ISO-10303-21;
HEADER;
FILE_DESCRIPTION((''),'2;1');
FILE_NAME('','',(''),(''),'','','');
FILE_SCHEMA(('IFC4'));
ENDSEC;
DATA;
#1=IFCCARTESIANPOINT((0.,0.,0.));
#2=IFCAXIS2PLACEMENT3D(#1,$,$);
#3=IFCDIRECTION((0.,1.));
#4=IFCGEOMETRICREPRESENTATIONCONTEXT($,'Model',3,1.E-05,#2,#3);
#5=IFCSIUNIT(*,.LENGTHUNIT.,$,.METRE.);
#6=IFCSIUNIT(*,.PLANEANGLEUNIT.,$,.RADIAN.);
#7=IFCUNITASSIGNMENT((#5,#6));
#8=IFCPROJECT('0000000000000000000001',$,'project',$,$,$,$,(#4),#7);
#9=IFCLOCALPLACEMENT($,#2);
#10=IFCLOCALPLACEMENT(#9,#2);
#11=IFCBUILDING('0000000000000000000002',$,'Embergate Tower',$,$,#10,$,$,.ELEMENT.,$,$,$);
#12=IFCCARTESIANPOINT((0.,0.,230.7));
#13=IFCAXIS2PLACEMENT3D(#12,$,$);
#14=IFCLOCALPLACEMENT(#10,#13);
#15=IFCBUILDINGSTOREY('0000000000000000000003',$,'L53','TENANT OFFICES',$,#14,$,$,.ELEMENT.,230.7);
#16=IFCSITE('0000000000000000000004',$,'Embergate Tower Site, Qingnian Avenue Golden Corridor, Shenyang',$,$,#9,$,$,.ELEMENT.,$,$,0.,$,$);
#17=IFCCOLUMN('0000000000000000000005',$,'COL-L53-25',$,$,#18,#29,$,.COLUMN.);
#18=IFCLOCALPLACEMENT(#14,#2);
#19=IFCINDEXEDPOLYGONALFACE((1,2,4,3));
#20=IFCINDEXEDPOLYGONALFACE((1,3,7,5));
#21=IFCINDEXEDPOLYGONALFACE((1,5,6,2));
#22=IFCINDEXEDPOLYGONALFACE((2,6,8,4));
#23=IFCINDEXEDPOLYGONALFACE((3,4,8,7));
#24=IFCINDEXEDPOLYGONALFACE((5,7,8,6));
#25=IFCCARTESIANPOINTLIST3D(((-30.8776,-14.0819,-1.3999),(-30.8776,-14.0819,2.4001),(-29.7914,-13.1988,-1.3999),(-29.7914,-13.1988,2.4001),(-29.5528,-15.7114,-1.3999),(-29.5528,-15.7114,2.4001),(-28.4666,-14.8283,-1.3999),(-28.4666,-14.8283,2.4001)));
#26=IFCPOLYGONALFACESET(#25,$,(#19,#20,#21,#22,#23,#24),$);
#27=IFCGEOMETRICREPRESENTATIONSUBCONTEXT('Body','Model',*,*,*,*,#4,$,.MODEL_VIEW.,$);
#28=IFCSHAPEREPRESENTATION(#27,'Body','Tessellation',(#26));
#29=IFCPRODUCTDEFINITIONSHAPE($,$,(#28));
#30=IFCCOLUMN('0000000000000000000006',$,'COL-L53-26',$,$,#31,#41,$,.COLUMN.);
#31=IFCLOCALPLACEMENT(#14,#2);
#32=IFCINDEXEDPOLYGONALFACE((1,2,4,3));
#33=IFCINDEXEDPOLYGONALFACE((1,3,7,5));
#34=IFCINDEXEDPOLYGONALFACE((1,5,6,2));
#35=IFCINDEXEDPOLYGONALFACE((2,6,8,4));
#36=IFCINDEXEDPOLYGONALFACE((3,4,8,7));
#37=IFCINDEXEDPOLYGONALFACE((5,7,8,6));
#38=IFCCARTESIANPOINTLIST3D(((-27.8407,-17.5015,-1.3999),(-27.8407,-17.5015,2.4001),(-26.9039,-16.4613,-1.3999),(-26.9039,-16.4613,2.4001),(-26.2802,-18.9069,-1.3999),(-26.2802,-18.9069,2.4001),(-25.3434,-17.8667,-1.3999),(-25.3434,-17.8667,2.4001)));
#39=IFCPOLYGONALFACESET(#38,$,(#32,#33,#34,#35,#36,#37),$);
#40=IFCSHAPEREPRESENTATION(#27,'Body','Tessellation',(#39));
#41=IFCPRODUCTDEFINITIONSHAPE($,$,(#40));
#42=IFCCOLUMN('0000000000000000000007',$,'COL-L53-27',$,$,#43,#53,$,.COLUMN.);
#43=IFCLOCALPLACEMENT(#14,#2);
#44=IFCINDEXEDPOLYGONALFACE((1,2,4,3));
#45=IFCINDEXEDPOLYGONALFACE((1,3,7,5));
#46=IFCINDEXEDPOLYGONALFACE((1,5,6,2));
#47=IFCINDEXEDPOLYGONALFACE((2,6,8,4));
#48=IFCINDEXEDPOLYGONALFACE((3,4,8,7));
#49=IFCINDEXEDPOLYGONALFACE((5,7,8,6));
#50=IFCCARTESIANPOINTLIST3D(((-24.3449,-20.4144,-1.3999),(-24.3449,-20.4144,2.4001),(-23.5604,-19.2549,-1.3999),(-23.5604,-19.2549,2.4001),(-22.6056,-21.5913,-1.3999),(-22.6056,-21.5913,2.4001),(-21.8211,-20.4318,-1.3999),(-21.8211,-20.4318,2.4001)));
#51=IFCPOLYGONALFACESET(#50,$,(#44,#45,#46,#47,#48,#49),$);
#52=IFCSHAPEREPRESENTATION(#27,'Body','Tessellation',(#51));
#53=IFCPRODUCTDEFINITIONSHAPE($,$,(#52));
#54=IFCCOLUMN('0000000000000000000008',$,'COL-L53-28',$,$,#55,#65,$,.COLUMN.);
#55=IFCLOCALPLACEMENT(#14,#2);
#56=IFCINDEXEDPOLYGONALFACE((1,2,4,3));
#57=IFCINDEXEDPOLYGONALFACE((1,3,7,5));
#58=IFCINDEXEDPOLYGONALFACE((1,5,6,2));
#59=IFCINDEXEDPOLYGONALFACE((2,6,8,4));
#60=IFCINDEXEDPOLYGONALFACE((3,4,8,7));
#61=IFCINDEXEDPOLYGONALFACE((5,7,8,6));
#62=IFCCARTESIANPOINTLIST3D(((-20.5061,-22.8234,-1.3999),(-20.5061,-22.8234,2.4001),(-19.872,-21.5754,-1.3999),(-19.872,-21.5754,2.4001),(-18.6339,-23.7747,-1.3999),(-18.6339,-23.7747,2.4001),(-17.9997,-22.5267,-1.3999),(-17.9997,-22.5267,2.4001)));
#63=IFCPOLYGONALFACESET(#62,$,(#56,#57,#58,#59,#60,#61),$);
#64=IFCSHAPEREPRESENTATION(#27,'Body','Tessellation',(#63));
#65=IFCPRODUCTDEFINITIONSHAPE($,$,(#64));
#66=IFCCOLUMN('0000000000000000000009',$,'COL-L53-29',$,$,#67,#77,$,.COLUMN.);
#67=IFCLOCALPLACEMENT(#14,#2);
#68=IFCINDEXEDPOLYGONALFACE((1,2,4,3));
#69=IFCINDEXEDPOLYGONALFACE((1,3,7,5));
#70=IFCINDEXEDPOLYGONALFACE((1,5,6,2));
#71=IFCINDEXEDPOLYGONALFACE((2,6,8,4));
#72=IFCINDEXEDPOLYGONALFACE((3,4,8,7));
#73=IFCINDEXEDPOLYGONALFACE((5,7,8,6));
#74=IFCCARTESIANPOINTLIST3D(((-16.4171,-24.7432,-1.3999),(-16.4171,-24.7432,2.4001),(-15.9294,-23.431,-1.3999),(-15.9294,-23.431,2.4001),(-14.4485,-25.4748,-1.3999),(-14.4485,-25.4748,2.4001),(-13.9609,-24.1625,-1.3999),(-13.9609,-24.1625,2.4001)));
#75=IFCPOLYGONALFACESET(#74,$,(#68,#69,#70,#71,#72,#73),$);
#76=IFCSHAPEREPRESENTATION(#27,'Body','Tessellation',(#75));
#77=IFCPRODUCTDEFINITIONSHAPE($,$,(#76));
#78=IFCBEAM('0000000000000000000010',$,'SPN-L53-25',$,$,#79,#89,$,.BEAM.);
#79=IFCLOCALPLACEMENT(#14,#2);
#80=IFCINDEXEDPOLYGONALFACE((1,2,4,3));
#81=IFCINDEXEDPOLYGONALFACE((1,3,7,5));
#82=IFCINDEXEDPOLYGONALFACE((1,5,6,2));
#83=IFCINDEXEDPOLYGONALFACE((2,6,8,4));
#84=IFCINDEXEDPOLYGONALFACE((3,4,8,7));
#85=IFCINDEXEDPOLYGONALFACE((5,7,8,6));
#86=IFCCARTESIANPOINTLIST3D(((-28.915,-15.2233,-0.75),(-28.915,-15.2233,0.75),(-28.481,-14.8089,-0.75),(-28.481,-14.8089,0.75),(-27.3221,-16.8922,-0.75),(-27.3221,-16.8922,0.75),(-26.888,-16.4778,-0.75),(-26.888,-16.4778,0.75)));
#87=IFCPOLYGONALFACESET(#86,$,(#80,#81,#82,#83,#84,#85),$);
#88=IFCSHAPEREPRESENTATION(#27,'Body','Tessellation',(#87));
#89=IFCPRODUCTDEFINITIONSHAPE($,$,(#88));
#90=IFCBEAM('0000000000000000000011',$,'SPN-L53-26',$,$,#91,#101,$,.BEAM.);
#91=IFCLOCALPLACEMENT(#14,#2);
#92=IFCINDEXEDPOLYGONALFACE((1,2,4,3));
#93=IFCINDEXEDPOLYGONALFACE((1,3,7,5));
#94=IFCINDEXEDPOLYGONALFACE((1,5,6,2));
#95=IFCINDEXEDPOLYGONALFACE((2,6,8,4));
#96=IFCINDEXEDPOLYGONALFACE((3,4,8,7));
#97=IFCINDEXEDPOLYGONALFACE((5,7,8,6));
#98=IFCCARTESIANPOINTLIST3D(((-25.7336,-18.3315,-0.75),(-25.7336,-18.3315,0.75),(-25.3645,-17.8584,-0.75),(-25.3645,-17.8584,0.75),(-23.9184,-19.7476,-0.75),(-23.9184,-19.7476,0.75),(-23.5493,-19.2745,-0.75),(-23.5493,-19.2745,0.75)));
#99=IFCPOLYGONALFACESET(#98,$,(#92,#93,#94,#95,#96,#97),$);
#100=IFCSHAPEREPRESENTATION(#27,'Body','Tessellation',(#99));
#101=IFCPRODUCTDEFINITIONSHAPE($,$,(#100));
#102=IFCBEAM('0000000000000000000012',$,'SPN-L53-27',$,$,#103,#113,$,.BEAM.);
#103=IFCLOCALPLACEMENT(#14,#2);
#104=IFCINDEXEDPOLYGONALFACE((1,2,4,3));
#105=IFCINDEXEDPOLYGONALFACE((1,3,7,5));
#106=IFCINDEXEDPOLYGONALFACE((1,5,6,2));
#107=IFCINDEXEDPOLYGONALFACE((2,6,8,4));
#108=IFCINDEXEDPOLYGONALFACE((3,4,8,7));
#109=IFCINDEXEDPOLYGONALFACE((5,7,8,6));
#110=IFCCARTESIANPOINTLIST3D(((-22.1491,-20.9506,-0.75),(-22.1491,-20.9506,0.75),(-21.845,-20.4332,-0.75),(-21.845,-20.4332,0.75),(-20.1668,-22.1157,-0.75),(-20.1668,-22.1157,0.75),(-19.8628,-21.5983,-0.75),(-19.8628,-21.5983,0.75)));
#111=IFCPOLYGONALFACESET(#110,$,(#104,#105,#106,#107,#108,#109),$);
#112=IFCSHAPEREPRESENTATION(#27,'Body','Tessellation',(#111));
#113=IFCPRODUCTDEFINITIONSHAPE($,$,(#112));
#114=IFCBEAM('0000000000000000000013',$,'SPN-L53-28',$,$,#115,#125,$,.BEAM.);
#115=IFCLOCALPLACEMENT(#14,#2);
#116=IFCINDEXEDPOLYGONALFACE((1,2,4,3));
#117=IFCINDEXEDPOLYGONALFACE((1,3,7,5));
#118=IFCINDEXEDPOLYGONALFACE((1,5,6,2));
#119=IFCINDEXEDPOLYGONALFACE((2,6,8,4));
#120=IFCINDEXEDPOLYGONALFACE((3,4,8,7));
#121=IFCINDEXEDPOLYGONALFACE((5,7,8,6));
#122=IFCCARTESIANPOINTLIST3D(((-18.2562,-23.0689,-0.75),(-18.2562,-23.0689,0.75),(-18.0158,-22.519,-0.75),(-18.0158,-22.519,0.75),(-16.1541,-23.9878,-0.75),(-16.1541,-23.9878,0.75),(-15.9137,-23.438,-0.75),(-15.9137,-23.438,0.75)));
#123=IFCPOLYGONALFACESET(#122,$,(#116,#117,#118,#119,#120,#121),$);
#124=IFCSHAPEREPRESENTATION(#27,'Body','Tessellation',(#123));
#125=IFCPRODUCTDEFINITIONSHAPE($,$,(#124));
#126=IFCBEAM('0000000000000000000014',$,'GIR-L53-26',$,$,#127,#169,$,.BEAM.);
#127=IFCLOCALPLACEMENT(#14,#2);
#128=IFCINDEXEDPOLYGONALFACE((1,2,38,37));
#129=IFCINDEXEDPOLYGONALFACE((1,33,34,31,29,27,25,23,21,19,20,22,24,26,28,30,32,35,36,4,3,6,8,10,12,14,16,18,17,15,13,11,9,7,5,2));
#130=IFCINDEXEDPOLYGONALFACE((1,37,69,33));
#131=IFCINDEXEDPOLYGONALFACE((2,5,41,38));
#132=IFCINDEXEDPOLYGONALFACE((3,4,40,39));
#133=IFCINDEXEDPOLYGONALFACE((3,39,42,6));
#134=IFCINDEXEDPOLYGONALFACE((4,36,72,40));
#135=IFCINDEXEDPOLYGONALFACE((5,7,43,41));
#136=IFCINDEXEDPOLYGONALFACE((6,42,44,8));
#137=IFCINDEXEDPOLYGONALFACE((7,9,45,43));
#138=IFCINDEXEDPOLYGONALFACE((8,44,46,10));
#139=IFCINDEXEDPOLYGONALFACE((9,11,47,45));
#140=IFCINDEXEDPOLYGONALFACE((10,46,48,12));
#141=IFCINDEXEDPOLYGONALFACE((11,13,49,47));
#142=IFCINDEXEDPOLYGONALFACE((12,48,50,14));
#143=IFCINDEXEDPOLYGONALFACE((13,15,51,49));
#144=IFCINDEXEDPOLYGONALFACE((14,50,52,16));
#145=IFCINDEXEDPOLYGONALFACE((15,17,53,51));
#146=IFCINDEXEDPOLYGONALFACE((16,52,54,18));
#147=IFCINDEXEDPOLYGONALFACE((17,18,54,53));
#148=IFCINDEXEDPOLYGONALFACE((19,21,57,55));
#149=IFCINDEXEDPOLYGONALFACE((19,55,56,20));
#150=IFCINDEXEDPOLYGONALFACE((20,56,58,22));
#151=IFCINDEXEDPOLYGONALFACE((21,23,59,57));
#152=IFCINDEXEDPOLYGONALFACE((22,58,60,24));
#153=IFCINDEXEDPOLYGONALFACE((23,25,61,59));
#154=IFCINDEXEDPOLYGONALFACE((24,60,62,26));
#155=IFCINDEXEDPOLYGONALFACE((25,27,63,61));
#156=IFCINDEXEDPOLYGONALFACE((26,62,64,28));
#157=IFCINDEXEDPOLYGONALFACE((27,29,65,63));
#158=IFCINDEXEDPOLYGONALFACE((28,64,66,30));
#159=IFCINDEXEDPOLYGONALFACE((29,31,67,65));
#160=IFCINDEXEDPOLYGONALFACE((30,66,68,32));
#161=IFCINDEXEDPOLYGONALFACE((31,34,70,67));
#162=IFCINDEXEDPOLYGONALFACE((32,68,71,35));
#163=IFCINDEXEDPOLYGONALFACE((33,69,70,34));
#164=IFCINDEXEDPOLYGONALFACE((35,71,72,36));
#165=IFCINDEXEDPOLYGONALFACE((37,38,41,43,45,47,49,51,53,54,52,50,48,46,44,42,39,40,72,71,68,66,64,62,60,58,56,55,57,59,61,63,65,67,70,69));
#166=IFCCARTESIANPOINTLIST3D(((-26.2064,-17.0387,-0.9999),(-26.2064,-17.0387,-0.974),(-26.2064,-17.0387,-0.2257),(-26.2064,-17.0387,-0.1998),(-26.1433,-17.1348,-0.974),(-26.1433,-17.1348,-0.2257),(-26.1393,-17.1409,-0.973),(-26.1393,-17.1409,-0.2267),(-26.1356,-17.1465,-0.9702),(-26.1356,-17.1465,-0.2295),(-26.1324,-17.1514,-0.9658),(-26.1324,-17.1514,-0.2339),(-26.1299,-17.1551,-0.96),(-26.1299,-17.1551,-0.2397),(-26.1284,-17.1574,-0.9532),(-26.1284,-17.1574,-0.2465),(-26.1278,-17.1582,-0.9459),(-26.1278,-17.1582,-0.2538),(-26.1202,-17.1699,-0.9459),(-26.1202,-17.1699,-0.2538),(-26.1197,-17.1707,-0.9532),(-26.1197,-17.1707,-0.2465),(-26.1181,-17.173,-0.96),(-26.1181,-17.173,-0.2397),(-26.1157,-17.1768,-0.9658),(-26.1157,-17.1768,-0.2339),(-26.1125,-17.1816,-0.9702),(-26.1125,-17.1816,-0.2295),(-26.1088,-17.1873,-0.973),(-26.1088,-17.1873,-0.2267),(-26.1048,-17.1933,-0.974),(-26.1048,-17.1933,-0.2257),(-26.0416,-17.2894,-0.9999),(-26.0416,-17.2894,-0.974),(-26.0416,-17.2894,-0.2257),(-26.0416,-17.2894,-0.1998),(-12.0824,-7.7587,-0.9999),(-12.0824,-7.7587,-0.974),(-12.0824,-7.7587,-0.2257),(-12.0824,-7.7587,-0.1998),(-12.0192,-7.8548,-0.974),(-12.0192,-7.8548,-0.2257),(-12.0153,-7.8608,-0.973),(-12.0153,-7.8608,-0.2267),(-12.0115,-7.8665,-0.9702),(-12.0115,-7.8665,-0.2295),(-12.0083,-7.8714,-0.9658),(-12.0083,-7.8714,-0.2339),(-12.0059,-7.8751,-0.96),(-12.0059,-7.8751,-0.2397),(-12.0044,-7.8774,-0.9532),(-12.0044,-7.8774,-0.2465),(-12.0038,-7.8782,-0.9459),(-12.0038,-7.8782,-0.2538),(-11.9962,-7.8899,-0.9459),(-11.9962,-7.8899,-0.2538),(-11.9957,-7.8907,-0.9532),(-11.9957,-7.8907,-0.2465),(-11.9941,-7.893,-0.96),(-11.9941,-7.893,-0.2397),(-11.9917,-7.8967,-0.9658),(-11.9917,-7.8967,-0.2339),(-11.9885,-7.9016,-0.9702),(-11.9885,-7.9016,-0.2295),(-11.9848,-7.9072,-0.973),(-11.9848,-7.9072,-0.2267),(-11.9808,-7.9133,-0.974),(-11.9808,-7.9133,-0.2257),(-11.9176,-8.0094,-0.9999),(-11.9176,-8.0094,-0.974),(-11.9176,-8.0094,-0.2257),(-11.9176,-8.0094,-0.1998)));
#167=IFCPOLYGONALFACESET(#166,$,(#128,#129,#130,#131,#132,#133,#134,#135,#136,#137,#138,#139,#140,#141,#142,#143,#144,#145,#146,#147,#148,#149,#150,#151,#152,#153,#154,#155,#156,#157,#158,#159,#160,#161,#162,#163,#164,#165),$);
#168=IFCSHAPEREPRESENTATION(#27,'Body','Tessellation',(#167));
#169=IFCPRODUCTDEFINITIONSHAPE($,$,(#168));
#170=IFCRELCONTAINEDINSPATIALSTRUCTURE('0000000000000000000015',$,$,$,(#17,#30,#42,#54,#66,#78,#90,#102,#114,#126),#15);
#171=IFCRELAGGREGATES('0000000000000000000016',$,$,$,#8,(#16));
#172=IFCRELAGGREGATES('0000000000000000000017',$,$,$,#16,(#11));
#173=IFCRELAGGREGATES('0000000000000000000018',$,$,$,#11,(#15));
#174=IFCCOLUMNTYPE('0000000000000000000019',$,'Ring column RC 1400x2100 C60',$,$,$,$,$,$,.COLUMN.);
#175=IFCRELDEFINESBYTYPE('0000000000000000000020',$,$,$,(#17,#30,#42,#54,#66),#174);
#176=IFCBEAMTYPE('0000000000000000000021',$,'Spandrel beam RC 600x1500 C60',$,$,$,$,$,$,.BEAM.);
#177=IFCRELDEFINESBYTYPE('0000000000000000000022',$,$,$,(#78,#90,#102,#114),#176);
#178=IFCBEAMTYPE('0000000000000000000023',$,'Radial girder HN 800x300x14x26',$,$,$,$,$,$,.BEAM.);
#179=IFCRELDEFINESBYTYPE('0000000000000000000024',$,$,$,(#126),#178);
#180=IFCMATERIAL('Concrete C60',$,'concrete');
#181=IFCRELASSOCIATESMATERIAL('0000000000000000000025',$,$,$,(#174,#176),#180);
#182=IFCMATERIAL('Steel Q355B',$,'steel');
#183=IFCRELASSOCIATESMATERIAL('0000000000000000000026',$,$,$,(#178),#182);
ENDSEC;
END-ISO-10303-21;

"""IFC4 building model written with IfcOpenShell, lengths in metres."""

from ifc_helpers import new_model, si_unit, direction, frame, origin, origin_2d, place, context, subcontext, project, spatial, rectangle, i_section, extrude, source, transform, mapped, material, material_profile, profile_set, type_object, element, save


model = new_model("IFC4")

# Units and contexts
model_context = context("Model", 3, precision=1e-05, world=origin(), true_north=direction((0.0, 1.0)))
body_context = subcontext(model_context, "Body", "Model", "MODEL_VIEW")
ifc_project = project(units=[si_unit("LENGTHUNIT", "METRE"), si_unit("PLANEANGLEUNIT", "RADIAN")], contexts=[model_context])

# Site, building, storey
site_placement = place(None, origin())
site = spatial("IfcSite", under=ifc_project, at=site_placement, Name="Embergate Tower Site, Qingnian Avenue Golden Corridor, Shenyang", CompositionType="ELEMENT", RefElevation=0.0)
building_placement = place(site_placement, origin())
building = spatial("IfcBuilding", under=site, at=building_placement, Name="Embergate Tower", CompositionType="ELEMENT")
storey_placement = place(building_placement, frame((0.0, 0.0, 230.7)))
storey = spatial("IfcBuildingStorey", under=building, at=storey_placement, Name="L53", Description="TENANT OFFICES", CompositionType="ELEMENT", Elevation=230.7)

# Columns
ifc_material_1 = material(Name="Concrete C60", Category="concrete")
ifc_material_profile_1 = material_profile(ifc_material_1, rectangle(XDim=1.3999, YDim=2.1001, at=origin_2d()), Name="RC 1400x2100")
ifc_profile_set_1 = profile_set([ifc_material_profile_1], Name="Concrete C60")
column_type = type_object("IfcColumnType", Name="Ring column RC 1400x2100 C60", PredefinedType="COLUMN", material=ifc_profile_set_1)
shared_shape_1 = source(origin(), body_context, "Body", "SweptSolid", [
    extrude(rectangle(XDim=1.3999, YDim=2.1001, at=origin_2d()), origin(), (0.0, 0.0, 1.0), 3.8),
])
for number, where, z_axis, x_axis, name in (
    (1, (-29.6721, -14.4551, -1.3999), (0.0, 0.0, 1.0), (-0.775925, -0.630825, 0.0), "COL-L53-25"),
    (2, (-26.592, -17.6841, -1.3999), (0.0, 0.0, 1.0), (-0.669221, -0.743063, 0.0), "COL-L53-26"),
    (3, (-23.083, -20.4231, -1.3999), (0.0, 0.0, 1.0), (-0.560393, -0.828227, 0.0), "COL-L53-27"),
    (4, (-19.2529, -22.675, -1.3999), (0.0, 0.0, 1.0), (-0.453011, -0.891505, 0.0), "COL-L53-28"),
    (5, (-15.189, -24.4529, -1.3999), (0.0, 0.0, 1.0), (-0.348343, -0.937367, 0.0), "COL-L53-29"),
):
    element("IfcColumn", number, at=place(storey_placement, frame(where, z_axis=z_axis, x_axis=x_axis)), inside=storey, type_object=column_type, Name=name, PredefinedType="COLUMN", context=body_context, shape_type="MappedRepresentation", body=[
        mapped(shared_shape_1, transform((0.0, 0.0, 0.0))),
    ])

# Beams
ifc_material_profile_2 = material_profile(ifc_material_1, rectangle(XDim=0.6001, YDim=1.5, at=origin_2d()), Name="RC 600x1500")
ifc_profile_set_2 = profile_set([ifc_material_profile_2], Name="Concrete C60")
beam_type_1 = type_object("IfcBeamType", Name="Spandrel beam RC 600x1500 C60", PredefinedType="BEAM", material=ifc_profile_set_2)
shared_shape_2 = source(origin(), body_context, "Body", "SweptSolid", [
    extrude(rectangle(XDim=0.6001, YDim=1.5, at=origin_2d()), origin(), (0.0, 0.0, 1.0), 2.3071),
])
beam_1_placement = place(storey_placement, frame((-28.698, -15.0161, 0.0), z_axis=(0.690461, -0.72337, 0.0), x_axis=(0.72337, 0.690461, 0.0)))
element("IfcBeam", 6, at=beam_1_placement, inside=storey, type_object=beam_type_1, Name="SPN-L53-25", PredefinedType="BEAM", context=body_context, shape_type="MappedRepresentation", body=[
    mapped(shared_shape_2, transform((0.0, 0.0, 0.0))),
])
shared_shape_3 = source(origin(), body_context, "Body", "SweptSolid", [
    extrude(rectangle(XDim=0.6001, YDim=1.5, at=origin_2d()), origin(), (0.0, 0.0, 1.0), 2.3022),
])
beam_2_placement = place(storey_placement, frame((-25.5491, -18.095, 0.0), z_axis=(0.788466, -0.615078, 0.0), x_axis=(0.615078, 0.788466, 0.0)))
element("IfcBeam", 7, at=beam_2_placement, inside=storey, type_object=beam_type_1, Name="SPN-L53-26", PredefinedType="BEAM", context=body_context, shape_type="MappedRepresentation", body=[
    mapped(shared_shape_3, transform((0.0, 0.0, 0.0))),
])
shared_shape_4 = source(origin(), body_context, "Body", "SweptSolid", [
    extrude(rectangle(XDim=0.6001, YDim=1.5, at=origin_2d()), origin(), (0.0, 0.0, 1.0), 2.2993),
])
beam_3_placement = place(storey_placement, frame((-21.9971, -20.6919, 0.0), z_axis=(0.862114, -0.506714, 0.0), x_axis=(0.506714, 0.862114, 0.0)))
element("IfcBeam", 8, at=beam_3_placement, inside=storey, type_object=beam_type_1, Name="SPN-L53-27", PredefinedType="BEAM", context=body_context, shape_type="MappedRepresentation", body=[
    mapped(shared_shape_4, transform((0.0, 0.0, 0.0))),
])
shared_shape_5 = source(origin(), body_context, "Body", "SweptSolid", [
    extrude(rectangle(XDim=0.6001, YDim=1.5, at=origin_2d()), origin(), (0.0, 0.0, 1.0), 2.2942),
])
beam_4_placement = place(storey_placement, frame((-18.136, -22.7939, 0.0), z_axis=(0.91627, -0.400562, 0.0), x_axis=(0.400562, 0.91627, 0.0)))
element("IfcBeam", 9, at=beam_4_placement, inside=storey, type_object=beam_type_1, Name="SPN-L53-28", PredefinedType="BEAM", context=body_context, shape_type="MappedRepresentation", body=[
    mapped(shared_shape_5, transform((0.0, 0.0, 0.0))),
])
ifc_material_2 = material(Name="Steel Q355B", Category="steel")
ifc_material_profile_3 = material_profile(ifc_material_2, i_section(OverallWidth=0.3, OverallDepth=0.8, WebThickness=0.0139, FlangeThickness=0.0259, FilletRadius=0.0281, at=origin_2d()), Name="HN 800x300x14x26")
ifc_profile_set_3 = profile_set([ifc_material_profile_3], Name="Steel Q355 grade B")
beam_type_2 = type_object("IfcBeamType", Name="Radial girder HN 800x300x14x26", PredefinedType="BEAM", material=ifc_profile_set_3)
shared_shape_6 = source(origin(), body_context, "Body", "SweptSolid", [
    extrude(i_section(OverallWidth=0.3, OverallDepth=0.8, WebThickness=0.0139, FlangeThickness=0.0259, FilletRadius=0.0281, at=origin_2d()), origin(), (0.0, 0.0, 1.0), 16.8999),
])
beam_5_placement = place(storey_placement, frame((-26.124, -17.1641, -0.5999), z_axis=(0.835745, 0.549117, 0.0), x_axis=(-0.549117, 0.835745, 0.0)))
element("IfcBeam", 10, at=beam_5_placement, inside=storey, type_object=beam_type_2, Name="GIR-L53-26", PredefinedType="BEAM", context=body_context, shape_type="MappedRepresentation", body=[
    mapped(shared_shape_6, transform((0.0, 0.0, 0.0))),
])

save(model, "model.ifc")
